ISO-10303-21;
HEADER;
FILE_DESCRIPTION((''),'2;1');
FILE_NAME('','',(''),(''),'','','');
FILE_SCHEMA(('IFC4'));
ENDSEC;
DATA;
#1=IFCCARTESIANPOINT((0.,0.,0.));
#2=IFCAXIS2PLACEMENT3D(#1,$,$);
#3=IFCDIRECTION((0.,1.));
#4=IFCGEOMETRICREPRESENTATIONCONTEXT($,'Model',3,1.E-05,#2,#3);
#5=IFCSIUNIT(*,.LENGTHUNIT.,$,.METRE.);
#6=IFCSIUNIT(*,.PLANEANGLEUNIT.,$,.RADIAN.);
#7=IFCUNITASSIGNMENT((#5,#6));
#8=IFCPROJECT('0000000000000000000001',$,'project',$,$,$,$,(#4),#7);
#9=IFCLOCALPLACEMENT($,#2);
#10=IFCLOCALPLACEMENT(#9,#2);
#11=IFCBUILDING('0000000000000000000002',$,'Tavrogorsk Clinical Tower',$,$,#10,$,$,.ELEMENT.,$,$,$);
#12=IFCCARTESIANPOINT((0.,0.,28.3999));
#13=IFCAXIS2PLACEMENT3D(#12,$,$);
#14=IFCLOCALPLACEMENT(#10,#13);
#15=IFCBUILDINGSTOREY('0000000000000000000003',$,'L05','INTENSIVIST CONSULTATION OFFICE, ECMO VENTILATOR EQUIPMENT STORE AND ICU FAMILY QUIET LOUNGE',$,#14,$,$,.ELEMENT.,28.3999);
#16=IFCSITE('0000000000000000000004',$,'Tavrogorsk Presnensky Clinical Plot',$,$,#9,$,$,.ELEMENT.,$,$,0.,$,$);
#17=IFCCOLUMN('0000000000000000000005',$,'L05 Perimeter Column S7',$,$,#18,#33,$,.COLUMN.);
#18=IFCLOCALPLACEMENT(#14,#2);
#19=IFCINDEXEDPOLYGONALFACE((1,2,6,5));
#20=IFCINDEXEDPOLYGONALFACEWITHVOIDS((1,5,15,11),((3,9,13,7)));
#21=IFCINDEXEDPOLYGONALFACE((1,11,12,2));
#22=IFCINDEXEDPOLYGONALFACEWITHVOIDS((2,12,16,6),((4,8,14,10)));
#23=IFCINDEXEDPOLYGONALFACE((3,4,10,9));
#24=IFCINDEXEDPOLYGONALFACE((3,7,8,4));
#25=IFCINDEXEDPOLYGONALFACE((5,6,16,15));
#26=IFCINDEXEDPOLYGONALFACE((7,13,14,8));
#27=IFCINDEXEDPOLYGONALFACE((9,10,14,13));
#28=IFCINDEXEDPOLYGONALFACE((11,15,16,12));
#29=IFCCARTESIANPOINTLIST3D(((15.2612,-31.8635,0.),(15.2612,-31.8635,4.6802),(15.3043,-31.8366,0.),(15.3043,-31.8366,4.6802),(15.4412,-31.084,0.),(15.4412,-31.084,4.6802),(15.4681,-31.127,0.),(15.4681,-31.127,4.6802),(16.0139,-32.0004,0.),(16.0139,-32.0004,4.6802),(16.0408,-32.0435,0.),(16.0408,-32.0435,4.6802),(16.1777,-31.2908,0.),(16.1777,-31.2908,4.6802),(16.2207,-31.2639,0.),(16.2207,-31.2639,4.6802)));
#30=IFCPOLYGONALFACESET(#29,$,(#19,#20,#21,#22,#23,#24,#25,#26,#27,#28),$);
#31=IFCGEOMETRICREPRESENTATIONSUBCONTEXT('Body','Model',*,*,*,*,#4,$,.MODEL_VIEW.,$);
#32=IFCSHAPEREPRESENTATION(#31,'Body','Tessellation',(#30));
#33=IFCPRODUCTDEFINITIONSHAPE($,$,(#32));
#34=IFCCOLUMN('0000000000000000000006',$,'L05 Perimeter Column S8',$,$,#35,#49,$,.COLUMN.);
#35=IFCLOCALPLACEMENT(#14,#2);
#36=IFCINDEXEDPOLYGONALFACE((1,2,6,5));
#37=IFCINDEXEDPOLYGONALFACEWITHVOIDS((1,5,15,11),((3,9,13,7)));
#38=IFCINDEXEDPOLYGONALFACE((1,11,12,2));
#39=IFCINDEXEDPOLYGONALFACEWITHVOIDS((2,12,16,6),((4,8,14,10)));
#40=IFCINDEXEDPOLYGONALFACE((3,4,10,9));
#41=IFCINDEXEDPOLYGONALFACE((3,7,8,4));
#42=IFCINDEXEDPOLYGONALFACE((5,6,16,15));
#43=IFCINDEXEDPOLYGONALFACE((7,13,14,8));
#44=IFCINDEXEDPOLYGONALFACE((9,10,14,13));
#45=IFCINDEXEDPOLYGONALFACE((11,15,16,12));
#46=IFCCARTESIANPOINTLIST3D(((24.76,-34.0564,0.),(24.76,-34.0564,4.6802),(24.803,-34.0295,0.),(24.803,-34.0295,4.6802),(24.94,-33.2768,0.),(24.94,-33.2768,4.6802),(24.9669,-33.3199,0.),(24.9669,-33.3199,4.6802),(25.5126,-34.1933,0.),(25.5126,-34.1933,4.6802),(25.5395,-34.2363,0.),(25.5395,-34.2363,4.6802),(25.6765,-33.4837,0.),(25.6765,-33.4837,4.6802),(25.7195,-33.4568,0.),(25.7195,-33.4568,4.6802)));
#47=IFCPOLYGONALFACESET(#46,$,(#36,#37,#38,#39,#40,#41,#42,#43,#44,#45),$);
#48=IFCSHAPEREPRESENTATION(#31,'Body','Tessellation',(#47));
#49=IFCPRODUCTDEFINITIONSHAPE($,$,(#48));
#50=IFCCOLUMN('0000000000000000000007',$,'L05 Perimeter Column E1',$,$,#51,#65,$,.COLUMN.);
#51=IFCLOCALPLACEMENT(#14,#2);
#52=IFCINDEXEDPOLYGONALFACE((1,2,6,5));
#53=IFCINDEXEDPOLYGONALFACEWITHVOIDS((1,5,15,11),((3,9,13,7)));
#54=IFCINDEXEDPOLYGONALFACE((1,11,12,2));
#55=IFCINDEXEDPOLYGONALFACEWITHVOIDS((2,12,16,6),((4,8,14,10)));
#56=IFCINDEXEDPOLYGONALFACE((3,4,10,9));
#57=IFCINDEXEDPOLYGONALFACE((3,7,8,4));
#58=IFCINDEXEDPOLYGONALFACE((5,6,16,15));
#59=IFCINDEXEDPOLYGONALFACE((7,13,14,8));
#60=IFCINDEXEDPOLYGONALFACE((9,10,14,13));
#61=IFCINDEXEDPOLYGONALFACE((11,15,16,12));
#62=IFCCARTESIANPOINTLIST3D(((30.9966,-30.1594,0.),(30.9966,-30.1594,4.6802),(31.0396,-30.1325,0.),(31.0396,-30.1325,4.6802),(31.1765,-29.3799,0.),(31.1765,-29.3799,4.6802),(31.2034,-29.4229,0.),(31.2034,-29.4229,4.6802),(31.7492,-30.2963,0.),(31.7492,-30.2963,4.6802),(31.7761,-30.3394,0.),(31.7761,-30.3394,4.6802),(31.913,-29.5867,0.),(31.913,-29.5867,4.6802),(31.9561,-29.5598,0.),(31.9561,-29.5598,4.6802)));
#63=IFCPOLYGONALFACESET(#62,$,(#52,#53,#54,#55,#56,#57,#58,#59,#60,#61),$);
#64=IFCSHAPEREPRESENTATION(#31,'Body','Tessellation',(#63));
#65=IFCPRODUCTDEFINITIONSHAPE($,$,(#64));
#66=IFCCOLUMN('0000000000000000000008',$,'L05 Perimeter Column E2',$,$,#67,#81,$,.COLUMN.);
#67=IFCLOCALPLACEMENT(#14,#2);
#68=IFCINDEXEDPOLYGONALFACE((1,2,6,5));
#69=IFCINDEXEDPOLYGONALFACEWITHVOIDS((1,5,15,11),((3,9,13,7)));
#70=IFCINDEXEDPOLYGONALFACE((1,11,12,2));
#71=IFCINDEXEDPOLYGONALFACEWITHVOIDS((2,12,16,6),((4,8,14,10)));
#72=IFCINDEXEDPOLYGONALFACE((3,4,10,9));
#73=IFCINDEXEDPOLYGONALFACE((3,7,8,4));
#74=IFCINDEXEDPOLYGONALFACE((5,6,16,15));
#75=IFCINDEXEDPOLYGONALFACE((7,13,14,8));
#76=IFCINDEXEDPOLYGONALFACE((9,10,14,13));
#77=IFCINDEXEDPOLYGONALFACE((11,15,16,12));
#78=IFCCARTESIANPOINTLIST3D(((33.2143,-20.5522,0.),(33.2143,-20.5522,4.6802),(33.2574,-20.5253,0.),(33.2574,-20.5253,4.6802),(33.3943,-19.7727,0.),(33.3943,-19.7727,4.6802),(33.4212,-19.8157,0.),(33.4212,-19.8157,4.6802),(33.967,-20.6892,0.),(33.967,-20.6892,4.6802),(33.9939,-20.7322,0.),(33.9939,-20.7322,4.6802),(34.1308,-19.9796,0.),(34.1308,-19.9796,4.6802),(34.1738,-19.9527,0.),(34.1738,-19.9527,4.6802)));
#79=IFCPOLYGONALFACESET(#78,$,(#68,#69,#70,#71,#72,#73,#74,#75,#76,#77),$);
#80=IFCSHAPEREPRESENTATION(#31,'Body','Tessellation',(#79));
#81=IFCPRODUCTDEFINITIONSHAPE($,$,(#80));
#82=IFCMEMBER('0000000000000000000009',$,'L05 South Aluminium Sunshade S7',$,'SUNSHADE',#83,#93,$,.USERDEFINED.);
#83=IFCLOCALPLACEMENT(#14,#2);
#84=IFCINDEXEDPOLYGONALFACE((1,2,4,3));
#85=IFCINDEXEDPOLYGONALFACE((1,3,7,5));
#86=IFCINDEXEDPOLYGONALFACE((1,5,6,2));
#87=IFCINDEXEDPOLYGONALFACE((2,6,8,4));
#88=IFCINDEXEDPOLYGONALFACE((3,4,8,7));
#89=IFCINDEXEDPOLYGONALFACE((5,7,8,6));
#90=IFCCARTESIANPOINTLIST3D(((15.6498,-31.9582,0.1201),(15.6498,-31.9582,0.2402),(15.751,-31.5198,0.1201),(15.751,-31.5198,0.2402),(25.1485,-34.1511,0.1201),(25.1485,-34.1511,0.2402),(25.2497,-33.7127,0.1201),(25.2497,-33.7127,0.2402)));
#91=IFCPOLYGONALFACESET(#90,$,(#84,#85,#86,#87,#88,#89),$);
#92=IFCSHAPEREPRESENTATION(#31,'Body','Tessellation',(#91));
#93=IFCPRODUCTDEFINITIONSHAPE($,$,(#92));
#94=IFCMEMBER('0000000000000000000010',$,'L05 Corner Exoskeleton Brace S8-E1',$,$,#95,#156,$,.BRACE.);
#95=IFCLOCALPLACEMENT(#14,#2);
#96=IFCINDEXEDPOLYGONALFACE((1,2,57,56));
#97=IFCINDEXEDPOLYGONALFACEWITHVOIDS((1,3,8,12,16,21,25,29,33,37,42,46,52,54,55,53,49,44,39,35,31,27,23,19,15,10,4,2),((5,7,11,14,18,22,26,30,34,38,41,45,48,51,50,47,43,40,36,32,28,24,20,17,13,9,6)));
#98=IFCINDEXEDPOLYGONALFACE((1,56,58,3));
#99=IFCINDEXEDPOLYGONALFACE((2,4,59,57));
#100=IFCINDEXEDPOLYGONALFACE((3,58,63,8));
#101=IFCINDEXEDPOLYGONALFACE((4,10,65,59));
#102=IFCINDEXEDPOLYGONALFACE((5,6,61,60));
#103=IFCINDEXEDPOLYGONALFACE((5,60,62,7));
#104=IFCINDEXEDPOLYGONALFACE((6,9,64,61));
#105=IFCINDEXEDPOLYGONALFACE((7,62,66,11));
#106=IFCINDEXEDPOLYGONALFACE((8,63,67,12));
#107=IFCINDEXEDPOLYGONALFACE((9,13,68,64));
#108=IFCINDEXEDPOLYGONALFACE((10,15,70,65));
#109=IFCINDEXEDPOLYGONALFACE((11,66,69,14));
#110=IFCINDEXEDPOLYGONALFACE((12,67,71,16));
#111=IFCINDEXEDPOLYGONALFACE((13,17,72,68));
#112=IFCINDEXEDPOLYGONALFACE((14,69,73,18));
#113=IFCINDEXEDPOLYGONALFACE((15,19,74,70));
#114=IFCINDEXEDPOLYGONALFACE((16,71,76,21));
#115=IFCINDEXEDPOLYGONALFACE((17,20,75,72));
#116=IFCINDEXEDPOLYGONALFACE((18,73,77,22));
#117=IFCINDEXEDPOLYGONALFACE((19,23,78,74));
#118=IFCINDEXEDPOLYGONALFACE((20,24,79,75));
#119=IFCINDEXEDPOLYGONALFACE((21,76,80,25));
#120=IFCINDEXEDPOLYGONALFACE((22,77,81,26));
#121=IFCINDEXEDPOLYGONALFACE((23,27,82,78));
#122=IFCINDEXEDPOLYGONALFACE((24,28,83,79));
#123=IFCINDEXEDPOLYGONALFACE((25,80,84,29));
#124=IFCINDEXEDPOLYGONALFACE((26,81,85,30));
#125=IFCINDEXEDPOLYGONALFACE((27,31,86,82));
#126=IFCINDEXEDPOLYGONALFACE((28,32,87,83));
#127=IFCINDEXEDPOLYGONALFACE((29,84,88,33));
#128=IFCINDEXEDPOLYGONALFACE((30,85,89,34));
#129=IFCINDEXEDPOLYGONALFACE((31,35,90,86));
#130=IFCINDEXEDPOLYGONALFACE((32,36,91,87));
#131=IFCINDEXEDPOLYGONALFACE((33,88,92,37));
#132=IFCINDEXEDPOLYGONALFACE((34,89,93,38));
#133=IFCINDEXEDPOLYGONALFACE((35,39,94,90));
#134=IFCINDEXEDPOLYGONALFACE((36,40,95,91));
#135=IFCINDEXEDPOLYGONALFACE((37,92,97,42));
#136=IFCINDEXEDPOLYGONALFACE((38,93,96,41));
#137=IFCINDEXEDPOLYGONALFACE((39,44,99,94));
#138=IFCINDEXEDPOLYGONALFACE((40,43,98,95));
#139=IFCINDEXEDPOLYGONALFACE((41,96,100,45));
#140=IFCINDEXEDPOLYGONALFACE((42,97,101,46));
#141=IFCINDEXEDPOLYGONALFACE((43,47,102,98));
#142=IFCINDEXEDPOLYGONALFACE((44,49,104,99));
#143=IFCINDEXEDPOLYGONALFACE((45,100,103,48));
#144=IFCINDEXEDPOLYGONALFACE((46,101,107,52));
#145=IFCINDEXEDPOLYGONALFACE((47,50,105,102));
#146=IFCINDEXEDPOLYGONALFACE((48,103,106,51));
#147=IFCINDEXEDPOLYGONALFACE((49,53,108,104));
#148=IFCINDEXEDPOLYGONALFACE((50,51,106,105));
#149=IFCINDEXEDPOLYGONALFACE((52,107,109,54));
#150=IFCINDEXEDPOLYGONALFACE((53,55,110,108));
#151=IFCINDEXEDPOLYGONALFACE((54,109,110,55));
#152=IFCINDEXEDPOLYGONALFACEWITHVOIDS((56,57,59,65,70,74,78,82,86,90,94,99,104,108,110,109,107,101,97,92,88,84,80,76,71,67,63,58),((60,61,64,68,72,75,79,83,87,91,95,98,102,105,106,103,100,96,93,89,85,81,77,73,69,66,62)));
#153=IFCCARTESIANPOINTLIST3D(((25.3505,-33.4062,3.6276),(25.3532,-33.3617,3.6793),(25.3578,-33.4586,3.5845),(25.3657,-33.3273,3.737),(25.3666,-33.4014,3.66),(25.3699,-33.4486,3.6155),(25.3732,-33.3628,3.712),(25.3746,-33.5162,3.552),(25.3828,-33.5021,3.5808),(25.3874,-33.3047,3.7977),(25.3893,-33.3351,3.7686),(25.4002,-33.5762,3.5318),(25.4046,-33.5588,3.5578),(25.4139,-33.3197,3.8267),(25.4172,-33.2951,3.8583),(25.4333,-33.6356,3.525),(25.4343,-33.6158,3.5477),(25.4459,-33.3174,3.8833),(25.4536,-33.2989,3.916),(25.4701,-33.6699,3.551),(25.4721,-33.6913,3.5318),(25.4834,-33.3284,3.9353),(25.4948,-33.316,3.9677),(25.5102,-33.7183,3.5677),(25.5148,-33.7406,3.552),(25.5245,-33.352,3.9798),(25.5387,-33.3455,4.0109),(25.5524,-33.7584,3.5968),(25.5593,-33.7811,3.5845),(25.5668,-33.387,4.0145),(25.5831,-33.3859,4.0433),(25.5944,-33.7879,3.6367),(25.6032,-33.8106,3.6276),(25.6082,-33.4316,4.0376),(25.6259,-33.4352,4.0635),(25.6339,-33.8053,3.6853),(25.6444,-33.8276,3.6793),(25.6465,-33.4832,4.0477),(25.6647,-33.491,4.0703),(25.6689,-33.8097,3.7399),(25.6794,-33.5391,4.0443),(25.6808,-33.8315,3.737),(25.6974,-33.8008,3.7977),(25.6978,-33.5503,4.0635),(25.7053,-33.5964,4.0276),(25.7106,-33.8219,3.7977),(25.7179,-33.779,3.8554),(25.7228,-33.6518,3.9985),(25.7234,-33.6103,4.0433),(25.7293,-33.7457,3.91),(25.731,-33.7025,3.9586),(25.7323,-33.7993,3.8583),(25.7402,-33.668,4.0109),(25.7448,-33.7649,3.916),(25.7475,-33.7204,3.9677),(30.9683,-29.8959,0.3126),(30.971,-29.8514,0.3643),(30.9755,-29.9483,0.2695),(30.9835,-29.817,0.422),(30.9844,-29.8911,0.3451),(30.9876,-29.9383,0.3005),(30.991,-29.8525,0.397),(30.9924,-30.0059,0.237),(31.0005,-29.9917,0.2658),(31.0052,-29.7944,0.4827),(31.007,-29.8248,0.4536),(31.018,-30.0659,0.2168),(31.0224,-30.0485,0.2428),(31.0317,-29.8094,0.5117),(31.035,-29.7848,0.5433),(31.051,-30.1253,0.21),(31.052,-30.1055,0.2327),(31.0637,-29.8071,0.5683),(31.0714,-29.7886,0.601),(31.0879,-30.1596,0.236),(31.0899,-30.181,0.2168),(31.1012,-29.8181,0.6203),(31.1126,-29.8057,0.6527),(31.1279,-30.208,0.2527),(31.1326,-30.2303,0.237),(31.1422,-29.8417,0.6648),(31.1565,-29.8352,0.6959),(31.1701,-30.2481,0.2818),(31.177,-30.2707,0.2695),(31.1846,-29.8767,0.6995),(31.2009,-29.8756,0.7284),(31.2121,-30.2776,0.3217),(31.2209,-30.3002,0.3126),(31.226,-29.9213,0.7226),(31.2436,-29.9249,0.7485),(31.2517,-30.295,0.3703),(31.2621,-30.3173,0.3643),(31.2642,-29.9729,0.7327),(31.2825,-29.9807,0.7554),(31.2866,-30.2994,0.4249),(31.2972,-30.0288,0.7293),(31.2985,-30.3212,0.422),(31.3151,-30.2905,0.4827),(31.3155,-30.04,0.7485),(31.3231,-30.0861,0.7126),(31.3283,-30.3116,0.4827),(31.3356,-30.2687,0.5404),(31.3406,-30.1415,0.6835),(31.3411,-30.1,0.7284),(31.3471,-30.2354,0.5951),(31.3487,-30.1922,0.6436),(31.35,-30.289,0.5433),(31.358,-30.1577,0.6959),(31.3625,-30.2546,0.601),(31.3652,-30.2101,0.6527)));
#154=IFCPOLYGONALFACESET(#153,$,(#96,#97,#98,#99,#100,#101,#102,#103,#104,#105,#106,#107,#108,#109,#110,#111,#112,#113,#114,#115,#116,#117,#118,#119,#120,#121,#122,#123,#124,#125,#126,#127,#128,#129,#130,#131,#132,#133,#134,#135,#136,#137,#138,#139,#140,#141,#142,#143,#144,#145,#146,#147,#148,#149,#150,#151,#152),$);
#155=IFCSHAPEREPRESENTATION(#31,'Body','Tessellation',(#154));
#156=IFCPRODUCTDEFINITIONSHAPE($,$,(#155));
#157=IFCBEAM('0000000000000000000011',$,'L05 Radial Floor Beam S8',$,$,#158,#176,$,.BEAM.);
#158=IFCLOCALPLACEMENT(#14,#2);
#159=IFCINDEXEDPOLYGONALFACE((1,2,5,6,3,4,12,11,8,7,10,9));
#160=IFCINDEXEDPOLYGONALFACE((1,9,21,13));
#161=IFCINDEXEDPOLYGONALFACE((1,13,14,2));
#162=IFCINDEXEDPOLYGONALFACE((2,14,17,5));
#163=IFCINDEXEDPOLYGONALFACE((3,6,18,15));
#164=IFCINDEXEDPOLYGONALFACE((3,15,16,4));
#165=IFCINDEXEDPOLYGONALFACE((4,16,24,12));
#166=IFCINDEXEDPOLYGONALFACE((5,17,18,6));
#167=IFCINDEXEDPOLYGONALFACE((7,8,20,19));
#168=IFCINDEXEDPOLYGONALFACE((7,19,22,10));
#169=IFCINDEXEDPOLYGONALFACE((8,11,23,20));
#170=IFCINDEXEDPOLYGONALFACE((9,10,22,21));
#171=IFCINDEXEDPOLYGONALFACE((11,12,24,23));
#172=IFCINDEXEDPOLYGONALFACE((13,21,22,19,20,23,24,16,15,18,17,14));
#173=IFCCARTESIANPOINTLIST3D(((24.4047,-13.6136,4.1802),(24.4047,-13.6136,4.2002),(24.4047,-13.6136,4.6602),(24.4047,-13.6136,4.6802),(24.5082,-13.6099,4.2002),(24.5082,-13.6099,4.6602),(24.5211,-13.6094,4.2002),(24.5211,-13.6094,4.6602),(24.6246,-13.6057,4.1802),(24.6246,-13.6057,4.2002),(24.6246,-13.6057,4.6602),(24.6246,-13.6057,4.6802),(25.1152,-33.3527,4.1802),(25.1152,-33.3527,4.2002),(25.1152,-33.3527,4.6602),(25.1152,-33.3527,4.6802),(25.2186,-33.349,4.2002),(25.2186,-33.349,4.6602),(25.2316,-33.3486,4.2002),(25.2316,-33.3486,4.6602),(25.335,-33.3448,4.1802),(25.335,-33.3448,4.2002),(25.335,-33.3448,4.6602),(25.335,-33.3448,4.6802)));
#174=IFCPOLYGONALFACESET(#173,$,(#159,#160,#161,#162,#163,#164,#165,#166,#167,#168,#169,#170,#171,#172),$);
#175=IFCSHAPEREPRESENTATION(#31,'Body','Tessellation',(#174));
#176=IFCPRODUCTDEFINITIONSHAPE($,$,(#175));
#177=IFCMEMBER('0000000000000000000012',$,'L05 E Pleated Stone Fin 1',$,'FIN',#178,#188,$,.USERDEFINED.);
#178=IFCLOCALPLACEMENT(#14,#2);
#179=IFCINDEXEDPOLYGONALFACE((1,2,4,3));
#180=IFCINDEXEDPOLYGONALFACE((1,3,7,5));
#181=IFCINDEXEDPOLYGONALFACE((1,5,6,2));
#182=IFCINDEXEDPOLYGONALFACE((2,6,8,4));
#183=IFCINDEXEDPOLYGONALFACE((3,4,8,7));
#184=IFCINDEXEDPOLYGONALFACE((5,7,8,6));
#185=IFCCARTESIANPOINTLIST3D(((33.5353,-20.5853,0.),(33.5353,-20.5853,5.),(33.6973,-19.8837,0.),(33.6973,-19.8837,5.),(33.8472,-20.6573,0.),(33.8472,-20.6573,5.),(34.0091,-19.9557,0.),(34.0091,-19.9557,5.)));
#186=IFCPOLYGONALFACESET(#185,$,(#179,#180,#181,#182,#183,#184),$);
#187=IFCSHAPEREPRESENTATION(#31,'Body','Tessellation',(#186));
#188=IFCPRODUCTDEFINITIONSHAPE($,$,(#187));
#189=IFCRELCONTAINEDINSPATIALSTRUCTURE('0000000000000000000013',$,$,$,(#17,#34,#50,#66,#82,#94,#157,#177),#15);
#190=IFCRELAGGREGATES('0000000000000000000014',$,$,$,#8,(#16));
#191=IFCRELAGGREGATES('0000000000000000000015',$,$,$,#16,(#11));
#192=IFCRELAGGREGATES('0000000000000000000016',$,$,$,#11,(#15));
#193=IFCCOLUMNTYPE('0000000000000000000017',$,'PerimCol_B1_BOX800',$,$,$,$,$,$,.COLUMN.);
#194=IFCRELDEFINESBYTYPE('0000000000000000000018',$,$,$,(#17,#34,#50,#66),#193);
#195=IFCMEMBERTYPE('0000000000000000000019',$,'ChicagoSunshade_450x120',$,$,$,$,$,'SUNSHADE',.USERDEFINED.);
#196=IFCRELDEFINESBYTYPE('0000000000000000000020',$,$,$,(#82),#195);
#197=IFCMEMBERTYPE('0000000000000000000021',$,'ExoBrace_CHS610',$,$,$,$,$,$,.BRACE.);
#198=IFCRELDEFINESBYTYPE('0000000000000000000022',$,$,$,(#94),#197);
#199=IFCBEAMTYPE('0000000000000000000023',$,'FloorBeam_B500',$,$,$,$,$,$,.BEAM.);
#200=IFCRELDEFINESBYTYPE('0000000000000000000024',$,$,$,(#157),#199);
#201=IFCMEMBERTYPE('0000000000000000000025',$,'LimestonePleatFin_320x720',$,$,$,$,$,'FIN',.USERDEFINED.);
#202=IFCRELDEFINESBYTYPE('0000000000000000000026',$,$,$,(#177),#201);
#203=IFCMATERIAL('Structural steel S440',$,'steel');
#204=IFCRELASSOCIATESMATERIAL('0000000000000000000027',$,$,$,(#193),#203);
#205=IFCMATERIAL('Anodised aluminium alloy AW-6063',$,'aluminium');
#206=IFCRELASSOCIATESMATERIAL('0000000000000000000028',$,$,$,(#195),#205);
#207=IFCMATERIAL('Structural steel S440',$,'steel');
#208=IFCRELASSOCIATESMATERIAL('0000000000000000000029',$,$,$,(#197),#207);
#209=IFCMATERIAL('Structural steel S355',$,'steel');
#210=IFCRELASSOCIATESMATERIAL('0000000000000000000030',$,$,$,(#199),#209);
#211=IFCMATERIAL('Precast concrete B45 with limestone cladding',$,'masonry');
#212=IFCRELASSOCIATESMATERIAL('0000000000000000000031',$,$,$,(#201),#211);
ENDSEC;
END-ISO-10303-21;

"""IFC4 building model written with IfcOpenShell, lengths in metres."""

from ifc_helpers import new_model, si_unit, direction, frame, origin, origin_2d, place, context, subcontext, project, spatial, rectangle, hollow_rectangle, hollow_circle, i_section, extrude, material, material_profile, profile_set, type_object, element, save


model = new_model("IFC4")

# Units and contexts
model_context = context("Model", 3, precision=1e-05, world=origin(), true_north=direction((0.0, 1.0)))
body_context = subcontext(model_context, "Body", "Model", "MODEL_VIEW")
ifc_project = project(units=[si_unit("LENGTHUNIT", "METRE"), si_unit("PLANEANGLEUNIT", "RADIAN")], contexts=[model_context])

# Site, building, storey
site_placement = place(None, origin())
site = spatial("IfcSite", under=ifc_project, at=site_placement, Name="Tavrogorsk Presnensky Clinical Plot", CompositionType="ELEMENT", RefElevation=0.0)
building_placement = place(site_placement, origin())
building = spatial("IfcBuilding", under=site, at=building_placement, Name="Tavrogorsk Clinical Tower", CompositionType="ELEMENT")
storey_placement = place(building_placement, frame((0.0, 0.0, 28.3999)))
storey = spatial("IfcBuildingStorey", under=building, at=storey_placement, Name="L05", Description="INTENSIVIST CONSULTATION OFFICE, ECMO VENTILATOR EQUIPMENT STORE AND ICU FAMILY QUIET LOUNGE", CompositionType="ELEMENT", Elevation=28.3999)

# Columns
ifc_material_1 = material(Name="Structural steel S440", Category="steel")
ifc_material_profile_1 = material_profile(ifc_material_1, hollow_rectangle(XDim=0.8, YDim=0.8, WallThickness=0.0359, at=origin_2d()), Name="BOX-800x800x36")
ifc_profile_set_1 = profile_set([ifc_material_profile_1], Name="Structural steel S440")
column_type = type_object("IfcColumnType", Name="PerimCol_B1_BOX800", PredefinedType="COLUMN", material=ifc_profile_set_1)
for number, where, z_axis, x_axis, name in (
    (1, (15.741, -31.5637, 0.0), (0.0, 0.0, 1.0), (0.97437, -0.224951, 0.0), "L05 Perimeter Column S7"),
    (2, (25.2397, -33.7566, 0.0), (0.0, 0.0, 1.0), (0.97437, -0.224951, 0.0), "L05 Perimeter Column S8"),
    (3, (31.4763, -29.8596, 0.0), (0.0, 0.0, 1.0), (0.97437, -0.224951, 0.0), "L05 Perimeter Column E1"),
    (4, (33.6941, -20.2524, 0.0), (0.0, 0.0, 1.0), (0.97437, -0.224951, 0.0), "L05 Perimeter Column E2"),
):
    element("IfcColumn", number, at=place(storey_placement, frame(where, z_axis=z_axis, x_axis=x_axis)), inside=storey, type_object=column_type, Name=name, PredefinedType="COLUMN", context=body_context, shape_type="SweptSolid", body=[
        extrude(hollow_rectangle(XDim=0.8, YDim=0.8, WallThickness=0.0359, at=origin_2d()), origin(), (0.0, 0.0, 1.0), 4.6802),
    ])

# Members
ifc_material_2 = material(Name="Anodised aluminium alloy AW-6063", Category="aluminium")
ifc_material_profile_2 = material_profile(ifc_material_2, rectangle(XDim=0.45, YDim=0.1201, at=origin_2d()), Name="ALU-SUNSHADE-450x120")
ifc_profile_set_2 = profile_set([ifc_material_profile_2], Name="Anodised aluminium alloy AW-6063")
member_type_1 = type_object("IfcMemberType", Name="ChicagoSunshade_450x120", ElementType="SUNSHADE", PredefinedType="USERDEFINED", material=ifc_profile_set_2)
member_1_placement = place(storey_placement, frame((15.7004, -31.739, 0.1802), z_axis=(0.974372, -0.224942, 0.0), x_axis=(0.224942, 0.974372, 0.0)))
element("IfcMember", 5, at=member_1_placement, inside=storey, type_object=member_type_1, Name="L05 South Aluminium Sunshade S7", ObjectType="SUNSHADE", PredefinedType="USERDEFINED", context=body_context, shape_type="SweptSolid", body=[
    extrude(rectangle(XDim=0.45, YDim=0.1201, at=origin_2d()), origin(), (0.0, 0.0, 1.0), 9.7485),
])
ifc_material_3 = material(Name="Structural steel S440", Category="steel")
ifc_material_profile_3 = material_profile(ifc_material_3, hollow_circle(Radius=0.3049, WallThickness=0.0249, at=origin_2d()), Name="CHS-610x25")
ifc_profile_set_3 = profile_set([ifc_material_profile_3], Name="Structural steel S440")
member_type_2 = type_object("IfcMemberType", Name="ExoBrace_CHS610", PredefinedType="BRACE", material=ifc_profile_set_3)
member_2_placement = place(storey_placement, frame((31.1667, -30.053, 0.4827), z_axis=(-0.758391, -0.473887, 0.44752), x_axis=(0.529913, -0.848052, 0.0)))
element("IfcMember", 6, at=member_2_placement, inside=storey, type_object=member_type_2, Name="L05 Corner Exoskeleton Brace S8-E1", PredefinedType="BRACE", context=body_context, shape_type="SweptSolid", body=[
    extrude(hollow_circle(Radius=0.3049, WallThickness=0.0249, at=origin_2d()), origin(), (0.0, 0.0, 1.0), 7.4075),
])

# Beam
ifc_material_4 = material(Name="Structural steel S355", Category="steel")
ifc_material_profile_4 = material_profile(ifc_material_4, i_section(OverallWidth=0.22, OverallDepth=0.5, WebThickness=0.0129, FlangeThickness=0.02, at=origin_2d()), Name="B-500x220x13x20")
ifc_profile_set_4 = profile_set([ifc_material_profile_4], Name="Structural steel S355")
beam_type_1 = type_object("IfcBeamType", Name="FloorBeam_B500", PredefinedType="BEAM", material=ifc_profile_set_4)
beam_1_placement = place(storey_placement, frame((24.5146, -13.6096, 4.4302), z_axis=(0.035968, -0.999353, 0.0), x_axis=(0.999353, 0.035968, 0.0)))
element("IfcBeam", 7, at=beam_1_placement, inside=storey, type_object=beam_type_1, Name="L05 Radial Floor Beam S8", PredefinedType="BEAM", context=body_context, shape_type="SweptSolid", body=[
    extrude(i_section(OverallWidth=0.22, OverallDepth=0.5, WebThickness=0.0129, FlangeThickness=0.02, at=origin_2d()), origin(), (0.0, 0.0, 1.0), 19.752),
])

# Member
ifc_material_5 = material(Name="Precast concrete B45 with limestone cladding", Category="masonry")
ifc_material_profile_5 = material_profile(ifc_material_5, rectangle(XDim=0.3201, YDim=0.72, at=origin_2d()), Name="LIMESTONE-FIN-320x720")
ifc_profile_set_5 = profile_set([ifc_material_profile_5], Name="Precast concrete B45 with limestone cladding")
member_type_3 = type_object("IfcMemberType", Name="LimestonePleatFin_320x720", ElementType="FIN", PredefinedType="USERDEFINED", material=ifc_profile_set_5)
member_3_placement = place(storey_placement, frame((33.7722, -20.2705, 0.0), z_axis=(0.0, 0.0, 1.0), x_axis=(0.97437, -0.224951, 0.0)))
element("IfcMember", 8, at=member_3_placement, inside=storey, type_object=member_type_3, Name="L05 E Pleated Stone Fin 1", ObjectType="FIN", PredefinedType="USERDEFINED", context=body_context, shape_type="SweptSolid", body=[
    extrude(rectangle(XDim=0.3201, YDim=0.72, at=origin_2d()), origin(), (0.0, 0.0, 1.0), 5.0),
])

save(model, "model.ifc")
